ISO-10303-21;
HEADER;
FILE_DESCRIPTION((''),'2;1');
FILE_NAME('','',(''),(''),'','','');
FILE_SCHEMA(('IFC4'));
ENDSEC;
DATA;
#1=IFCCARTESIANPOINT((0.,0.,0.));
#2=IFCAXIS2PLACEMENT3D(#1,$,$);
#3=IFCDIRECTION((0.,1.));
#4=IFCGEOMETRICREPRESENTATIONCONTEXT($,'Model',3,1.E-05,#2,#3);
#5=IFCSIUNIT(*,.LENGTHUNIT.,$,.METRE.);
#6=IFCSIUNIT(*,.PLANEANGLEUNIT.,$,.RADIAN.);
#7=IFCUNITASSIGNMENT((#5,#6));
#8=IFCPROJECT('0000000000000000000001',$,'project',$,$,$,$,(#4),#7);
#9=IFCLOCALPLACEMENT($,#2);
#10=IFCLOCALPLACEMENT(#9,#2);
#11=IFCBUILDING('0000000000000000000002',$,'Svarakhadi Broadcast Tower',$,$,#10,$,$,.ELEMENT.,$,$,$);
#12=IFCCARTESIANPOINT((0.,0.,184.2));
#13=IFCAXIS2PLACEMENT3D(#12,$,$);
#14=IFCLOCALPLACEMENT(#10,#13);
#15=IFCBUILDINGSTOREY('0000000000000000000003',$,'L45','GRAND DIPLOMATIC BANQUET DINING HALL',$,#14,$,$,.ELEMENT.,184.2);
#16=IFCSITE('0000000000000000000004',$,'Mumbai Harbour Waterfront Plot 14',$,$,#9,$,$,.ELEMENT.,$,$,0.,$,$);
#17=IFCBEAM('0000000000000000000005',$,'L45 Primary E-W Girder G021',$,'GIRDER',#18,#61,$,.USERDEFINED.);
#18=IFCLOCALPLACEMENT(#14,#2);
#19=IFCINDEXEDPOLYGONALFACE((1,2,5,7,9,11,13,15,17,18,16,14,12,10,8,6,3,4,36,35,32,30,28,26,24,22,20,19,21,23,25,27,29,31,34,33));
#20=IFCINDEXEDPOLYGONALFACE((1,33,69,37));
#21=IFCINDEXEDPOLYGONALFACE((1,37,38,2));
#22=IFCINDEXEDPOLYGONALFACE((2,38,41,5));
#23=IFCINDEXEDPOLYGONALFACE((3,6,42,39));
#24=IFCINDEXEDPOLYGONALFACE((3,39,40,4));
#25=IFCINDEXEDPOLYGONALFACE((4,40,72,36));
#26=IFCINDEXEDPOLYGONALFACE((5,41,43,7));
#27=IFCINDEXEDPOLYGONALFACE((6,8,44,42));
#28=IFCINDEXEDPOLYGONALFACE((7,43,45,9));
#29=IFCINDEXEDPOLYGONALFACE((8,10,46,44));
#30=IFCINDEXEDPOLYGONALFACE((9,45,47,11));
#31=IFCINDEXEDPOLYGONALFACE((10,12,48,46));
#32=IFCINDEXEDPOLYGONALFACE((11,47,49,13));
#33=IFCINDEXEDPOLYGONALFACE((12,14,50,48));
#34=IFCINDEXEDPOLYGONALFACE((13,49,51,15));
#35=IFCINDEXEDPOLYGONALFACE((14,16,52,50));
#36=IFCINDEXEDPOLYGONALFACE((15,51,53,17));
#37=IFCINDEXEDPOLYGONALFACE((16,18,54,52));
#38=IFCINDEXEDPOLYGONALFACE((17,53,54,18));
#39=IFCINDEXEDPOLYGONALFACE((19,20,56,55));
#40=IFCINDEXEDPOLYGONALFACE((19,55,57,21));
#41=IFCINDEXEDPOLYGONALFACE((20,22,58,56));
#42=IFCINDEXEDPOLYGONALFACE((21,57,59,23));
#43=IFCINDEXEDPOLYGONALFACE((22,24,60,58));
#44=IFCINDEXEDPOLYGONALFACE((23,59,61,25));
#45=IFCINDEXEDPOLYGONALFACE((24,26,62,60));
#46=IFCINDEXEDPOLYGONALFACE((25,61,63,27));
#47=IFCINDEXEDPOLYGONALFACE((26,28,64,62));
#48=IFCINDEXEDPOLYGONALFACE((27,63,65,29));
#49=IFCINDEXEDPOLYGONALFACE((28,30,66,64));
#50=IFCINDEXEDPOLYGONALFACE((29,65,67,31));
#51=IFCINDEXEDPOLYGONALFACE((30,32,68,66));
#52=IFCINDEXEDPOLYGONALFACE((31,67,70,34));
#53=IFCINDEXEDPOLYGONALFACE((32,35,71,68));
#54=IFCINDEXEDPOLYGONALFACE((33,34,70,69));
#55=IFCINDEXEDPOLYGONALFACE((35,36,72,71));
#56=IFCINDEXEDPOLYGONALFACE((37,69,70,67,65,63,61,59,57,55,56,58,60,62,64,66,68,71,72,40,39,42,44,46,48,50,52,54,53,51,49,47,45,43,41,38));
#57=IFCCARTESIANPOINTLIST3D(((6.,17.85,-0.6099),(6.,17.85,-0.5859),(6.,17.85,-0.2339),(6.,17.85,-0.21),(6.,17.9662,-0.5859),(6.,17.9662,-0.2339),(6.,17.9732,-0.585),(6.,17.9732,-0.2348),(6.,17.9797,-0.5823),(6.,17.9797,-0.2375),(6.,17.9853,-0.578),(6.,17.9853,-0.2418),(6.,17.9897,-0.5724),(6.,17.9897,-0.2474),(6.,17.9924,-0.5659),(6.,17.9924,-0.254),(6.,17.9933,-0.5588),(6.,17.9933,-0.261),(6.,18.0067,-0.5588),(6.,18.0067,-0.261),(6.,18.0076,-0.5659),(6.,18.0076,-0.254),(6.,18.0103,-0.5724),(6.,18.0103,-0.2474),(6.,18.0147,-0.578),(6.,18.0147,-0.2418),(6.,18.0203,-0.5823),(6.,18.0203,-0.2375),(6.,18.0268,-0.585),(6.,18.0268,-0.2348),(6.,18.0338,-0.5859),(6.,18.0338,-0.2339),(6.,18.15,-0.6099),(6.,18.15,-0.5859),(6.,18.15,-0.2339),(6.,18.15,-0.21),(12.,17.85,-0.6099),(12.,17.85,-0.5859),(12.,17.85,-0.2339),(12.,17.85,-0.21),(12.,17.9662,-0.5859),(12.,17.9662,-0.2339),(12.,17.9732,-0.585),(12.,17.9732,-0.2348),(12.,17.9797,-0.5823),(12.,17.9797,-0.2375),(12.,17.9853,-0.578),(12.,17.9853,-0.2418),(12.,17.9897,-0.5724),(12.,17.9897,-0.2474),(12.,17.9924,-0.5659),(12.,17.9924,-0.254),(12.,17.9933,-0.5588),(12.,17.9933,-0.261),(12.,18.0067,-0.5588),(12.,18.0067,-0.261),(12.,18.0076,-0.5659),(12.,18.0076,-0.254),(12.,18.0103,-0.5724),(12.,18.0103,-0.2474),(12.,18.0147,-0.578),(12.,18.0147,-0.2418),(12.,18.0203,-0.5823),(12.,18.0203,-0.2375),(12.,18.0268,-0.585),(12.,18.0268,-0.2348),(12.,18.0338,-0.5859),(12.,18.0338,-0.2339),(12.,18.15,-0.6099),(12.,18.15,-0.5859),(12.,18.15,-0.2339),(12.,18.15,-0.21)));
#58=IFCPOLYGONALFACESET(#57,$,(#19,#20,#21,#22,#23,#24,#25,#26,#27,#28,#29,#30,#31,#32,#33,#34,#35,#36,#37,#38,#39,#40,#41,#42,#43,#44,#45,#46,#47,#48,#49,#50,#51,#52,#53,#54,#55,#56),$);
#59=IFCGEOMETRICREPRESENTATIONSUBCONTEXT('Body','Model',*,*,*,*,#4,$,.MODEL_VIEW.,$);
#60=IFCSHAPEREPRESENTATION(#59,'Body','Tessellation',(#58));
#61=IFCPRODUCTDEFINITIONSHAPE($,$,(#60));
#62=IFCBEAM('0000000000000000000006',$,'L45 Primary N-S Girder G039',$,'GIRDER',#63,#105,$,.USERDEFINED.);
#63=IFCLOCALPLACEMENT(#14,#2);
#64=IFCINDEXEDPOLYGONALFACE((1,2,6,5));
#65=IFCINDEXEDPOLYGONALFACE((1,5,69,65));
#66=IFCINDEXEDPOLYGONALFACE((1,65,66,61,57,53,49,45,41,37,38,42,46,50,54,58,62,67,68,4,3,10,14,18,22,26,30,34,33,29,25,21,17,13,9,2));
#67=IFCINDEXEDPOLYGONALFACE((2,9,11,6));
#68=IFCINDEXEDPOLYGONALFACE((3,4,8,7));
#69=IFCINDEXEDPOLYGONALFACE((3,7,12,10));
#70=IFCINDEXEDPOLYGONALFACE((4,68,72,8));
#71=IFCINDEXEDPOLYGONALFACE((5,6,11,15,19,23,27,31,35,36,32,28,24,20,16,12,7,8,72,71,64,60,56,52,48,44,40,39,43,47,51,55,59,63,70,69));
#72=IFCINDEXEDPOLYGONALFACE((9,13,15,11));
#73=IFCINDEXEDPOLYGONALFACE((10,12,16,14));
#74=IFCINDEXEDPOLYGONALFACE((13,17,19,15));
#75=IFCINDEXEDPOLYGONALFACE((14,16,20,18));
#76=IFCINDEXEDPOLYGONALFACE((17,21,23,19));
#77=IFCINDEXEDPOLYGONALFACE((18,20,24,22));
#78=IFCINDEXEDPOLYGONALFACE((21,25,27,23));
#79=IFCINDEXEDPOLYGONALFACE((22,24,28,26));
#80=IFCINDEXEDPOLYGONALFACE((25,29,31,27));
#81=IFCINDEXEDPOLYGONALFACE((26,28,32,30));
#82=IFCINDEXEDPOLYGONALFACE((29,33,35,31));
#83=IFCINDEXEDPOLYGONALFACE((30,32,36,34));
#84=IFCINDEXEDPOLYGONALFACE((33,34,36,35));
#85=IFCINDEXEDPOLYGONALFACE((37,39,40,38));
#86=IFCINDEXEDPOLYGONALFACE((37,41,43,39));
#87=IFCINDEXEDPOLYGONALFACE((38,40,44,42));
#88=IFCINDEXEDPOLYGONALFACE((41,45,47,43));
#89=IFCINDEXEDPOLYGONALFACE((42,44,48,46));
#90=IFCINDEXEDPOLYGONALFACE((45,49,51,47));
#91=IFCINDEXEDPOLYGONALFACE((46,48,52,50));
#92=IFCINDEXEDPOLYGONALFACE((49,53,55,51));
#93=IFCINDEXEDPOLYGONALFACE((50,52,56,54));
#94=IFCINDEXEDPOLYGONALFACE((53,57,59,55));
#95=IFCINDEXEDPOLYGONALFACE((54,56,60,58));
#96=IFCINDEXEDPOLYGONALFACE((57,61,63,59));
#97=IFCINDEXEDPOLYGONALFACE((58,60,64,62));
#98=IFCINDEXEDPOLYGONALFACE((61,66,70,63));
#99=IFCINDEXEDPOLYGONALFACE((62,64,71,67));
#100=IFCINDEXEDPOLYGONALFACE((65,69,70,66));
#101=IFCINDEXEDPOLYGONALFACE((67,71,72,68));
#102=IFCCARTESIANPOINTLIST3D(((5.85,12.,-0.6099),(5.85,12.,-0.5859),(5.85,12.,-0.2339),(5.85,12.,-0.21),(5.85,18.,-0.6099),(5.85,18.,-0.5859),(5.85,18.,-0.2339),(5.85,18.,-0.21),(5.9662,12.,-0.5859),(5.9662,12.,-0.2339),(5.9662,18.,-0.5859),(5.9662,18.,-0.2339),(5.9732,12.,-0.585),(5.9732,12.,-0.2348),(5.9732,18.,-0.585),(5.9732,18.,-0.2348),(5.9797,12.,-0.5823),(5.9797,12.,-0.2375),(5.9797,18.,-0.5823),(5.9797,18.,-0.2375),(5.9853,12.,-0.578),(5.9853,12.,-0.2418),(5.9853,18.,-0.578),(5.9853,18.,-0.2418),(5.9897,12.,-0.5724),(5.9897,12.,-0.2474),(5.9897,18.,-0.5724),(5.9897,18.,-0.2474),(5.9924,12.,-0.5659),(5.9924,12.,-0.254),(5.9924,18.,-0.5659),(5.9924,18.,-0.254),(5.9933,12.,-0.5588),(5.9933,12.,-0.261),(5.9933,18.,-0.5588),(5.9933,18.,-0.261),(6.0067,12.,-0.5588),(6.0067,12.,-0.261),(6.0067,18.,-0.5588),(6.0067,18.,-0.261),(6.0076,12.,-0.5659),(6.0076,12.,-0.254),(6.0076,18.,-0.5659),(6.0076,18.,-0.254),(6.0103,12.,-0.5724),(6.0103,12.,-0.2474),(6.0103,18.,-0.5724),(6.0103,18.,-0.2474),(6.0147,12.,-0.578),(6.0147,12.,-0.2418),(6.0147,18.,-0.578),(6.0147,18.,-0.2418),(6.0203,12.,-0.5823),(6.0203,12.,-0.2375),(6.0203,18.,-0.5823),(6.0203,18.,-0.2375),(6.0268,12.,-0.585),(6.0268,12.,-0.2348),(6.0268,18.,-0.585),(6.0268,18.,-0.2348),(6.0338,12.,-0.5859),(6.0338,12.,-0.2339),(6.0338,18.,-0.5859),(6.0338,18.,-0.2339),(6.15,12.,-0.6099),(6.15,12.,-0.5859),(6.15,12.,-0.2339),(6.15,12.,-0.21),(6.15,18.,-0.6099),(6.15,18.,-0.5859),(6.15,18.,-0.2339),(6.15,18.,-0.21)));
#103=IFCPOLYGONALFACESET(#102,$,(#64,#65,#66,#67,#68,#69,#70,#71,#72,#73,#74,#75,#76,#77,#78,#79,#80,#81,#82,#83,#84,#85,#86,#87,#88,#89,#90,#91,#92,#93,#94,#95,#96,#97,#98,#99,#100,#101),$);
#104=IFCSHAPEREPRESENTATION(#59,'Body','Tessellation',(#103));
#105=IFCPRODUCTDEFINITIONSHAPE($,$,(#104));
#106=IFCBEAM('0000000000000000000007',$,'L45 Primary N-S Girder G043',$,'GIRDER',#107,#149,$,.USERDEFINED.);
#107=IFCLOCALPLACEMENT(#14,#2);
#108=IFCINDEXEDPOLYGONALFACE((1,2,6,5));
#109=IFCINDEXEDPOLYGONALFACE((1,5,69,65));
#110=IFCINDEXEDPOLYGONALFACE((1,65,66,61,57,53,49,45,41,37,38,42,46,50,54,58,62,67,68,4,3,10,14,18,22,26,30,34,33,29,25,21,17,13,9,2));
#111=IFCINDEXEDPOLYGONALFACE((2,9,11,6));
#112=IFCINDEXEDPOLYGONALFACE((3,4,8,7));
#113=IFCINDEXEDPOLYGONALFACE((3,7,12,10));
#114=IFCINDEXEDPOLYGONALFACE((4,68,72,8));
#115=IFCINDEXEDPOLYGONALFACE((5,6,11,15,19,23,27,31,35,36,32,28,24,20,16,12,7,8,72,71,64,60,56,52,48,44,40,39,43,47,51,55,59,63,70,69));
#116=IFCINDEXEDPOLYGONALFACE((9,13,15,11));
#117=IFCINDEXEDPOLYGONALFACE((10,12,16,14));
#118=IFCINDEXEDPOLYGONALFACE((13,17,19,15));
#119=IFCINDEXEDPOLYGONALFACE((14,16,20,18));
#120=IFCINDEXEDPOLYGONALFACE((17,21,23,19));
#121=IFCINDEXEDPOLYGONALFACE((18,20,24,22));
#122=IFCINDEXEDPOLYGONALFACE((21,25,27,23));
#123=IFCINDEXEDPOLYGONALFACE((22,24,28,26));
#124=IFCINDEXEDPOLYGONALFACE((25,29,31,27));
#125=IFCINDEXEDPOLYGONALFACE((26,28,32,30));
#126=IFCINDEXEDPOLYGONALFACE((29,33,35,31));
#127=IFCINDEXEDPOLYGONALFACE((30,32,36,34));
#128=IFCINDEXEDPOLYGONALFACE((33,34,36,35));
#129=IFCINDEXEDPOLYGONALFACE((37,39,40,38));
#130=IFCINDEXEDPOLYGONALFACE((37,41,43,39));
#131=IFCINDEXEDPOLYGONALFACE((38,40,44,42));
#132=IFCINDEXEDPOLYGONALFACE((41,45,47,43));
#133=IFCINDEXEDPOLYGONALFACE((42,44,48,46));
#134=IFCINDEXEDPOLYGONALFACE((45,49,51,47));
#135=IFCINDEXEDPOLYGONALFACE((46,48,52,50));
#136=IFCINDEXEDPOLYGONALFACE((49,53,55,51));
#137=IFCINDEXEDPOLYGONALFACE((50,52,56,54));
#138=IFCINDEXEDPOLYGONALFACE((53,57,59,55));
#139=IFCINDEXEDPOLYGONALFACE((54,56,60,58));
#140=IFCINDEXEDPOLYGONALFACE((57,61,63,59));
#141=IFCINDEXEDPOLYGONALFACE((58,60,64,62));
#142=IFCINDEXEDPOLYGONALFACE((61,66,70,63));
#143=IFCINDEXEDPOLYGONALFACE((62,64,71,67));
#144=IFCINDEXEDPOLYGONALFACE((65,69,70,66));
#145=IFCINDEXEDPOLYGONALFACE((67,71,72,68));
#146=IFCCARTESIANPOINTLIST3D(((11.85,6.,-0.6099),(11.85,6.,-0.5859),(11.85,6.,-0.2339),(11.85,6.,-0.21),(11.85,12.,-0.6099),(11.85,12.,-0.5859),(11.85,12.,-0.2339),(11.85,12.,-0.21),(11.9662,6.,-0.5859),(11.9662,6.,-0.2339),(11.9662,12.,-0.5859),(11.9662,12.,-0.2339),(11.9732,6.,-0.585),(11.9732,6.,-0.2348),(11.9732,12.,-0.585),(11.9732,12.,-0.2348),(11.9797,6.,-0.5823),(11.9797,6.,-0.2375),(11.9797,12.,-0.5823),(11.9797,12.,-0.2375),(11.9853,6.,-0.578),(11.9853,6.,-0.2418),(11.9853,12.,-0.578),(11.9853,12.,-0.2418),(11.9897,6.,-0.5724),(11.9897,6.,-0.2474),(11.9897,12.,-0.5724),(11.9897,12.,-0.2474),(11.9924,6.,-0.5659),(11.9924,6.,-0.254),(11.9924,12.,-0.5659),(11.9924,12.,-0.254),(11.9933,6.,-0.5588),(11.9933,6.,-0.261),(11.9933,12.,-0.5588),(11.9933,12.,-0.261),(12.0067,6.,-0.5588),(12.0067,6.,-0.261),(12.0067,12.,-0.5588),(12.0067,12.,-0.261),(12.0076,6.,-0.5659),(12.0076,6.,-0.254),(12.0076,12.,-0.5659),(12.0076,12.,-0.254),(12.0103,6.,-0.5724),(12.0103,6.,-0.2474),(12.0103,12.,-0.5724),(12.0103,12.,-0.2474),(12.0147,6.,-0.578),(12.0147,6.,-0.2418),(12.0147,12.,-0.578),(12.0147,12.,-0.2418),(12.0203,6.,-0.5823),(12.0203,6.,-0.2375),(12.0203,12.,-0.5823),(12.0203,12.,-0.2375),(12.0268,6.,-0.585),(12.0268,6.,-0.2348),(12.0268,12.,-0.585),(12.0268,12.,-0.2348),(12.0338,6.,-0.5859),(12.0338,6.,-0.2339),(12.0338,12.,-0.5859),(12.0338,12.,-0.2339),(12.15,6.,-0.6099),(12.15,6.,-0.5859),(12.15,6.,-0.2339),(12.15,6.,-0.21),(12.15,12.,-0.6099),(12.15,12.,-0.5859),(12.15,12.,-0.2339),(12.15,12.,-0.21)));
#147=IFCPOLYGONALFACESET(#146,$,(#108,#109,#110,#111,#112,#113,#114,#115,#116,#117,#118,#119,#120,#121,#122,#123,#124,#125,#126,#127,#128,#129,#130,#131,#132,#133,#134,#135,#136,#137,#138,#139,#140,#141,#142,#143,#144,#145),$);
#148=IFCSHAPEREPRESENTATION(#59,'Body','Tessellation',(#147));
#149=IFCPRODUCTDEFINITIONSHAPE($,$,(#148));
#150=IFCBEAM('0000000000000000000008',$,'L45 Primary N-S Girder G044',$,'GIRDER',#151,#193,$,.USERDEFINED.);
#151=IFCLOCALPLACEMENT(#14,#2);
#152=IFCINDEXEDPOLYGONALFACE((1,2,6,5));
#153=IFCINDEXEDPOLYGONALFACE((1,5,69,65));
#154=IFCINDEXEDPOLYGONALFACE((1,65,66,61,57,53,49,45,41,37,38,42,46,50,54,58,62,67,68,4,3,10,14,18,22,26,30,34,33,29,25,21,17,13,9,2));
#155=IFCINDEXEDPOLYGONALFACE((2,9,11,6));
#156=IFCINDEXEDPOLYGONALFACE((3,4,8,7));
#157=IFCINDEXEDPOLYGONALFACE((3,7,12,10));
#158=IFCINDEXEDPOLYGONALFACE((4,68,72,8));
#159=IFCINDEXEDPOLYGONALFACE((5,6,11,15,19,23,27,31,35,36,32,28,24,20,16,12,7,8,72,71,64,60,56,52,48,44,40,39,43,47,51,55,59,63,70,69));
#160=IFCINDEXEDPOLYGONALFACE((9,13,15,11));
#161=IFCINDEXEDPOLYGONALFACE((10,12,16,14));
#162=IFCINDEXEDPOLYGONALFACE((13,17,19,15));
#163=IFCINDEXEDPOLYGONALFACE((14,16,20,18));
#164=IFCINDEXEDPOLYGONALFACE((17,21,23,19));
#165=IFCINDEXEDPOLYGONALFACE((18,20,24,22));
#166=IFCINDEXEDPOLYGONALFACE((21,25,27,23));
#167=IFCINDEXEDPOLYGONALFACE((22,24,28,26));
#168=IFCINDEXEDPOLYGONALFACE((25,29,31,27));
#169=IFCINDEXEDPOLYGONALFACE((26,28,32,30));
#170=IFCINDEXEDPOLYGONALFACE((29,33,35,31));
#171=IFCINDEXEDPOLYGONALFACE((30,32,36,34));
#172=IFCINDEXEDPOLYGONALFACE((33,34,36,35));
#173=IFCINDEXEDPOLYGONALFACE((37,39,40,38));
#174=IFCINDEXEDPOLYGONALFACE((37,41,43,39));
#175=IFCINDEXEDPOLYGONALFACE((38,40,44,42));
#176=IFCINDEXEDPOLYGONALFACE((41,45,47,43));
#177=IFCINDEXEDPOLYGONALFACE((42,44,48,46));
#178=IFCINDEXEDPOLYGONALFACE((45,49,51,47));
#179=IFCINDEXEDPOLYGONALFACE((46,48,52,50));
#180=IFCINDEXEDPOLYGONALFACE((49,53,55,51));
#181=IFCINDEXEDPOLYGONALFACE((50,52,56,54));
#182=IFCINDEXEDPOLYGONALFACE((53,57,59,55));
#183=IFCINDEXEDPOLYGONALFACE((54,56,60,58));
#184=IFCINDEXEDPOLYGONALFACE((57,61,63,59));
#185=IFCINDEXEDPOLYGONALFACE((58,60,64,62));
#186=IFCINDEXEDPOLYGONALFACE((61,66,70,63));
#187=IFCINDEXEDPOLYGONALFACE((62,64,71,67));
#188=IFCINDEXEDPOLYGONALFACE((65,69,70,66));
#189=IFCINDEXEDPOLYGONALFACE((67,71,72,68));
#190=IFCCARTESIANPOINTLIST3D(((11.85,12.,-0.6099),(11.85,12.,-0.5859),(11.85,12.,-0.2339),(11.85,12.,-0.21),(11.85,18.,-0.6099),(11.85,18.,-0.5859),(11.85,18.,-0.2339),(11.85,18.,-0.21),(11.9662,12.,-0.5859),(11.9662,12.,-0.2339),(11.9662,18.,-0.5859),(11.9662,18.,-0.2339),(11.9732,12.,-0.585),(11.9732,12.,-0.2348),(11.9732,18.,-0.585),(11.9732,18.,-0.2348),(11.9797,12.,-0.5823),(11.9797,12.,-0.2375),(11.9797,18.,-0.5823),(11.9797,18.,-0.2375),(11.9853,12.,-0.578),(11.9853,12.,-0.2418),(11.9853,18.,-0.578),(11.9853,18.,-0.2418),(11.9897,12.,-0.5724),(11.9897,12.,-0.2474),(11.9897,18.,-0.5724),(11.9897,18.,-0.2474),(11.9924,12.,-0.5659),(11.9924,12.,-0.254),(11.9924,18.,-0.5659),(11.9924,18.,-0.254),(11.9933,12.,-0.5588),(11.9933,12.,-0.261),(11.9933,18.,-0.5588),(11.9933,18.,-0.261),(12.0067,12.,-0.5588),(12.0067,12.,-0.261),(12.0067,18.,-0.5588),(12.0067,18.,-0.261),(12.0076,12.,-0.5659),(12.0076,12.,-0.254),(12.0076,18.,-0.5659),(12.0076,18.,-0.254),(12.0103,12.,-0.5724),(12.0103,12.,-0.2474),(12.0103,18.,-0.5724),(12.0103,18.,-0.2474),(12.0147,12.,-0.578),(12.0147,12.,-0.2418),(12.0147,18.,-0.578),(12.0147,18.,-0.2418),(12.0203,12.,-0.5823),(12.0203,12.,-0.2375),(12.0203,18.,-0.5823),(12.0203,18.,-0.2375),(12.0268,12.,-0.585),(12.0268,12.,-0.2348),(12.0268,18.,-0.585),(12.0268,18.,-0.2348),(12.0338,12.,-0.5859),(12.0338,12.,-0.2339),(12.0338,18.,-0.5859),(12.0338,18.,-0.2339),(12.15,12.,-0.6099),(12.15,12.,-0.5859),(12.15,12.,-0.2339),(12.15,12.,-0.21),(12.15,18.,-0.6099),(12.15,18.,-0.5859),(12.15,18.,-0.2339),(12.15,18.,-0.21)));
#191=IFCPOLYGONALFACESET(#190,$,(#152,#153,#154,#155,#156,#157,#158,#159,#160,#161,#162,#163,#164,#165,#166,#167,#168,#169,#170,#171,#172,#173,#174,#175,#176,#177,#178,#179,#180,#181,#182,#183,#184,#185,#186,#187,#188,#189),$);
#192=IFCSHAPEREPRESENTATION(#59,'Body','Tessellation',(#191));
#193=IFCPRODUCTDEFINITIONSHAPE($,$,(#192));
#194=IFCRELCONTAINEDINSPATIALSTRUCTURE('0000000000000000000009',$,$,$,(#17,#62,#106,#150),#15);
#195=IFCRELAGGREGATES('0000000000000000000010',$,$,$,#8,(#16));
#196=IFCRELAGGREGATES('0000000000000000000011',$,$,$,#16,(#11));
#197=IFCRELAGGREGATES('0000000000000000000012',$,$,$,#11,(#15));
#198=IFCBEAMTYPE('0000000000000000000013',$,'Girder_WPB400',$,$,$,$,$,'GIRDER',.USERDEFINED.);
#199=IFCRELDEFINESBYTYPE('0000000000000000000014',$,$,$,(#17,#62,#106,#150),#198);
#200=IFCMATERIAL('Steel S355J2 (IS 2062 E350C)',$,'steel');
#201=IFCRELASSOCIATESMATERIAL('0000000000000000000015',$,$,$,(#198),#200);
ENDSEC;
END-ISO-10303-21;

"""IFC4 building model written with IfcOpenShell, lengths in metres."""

from ifc_helpers import new_model, si_unit, direction, frame, origin, origin_2d, place, context, subcontext, project, spatial, i_section, extrude, material, material_profile, profile_set, type_object, element, save


model = new_model("IFC4")

# Units and contexts
model_context = context("Model", 3, precision=1e-05, world=origin(), true_north=direction((0.0, 1.0)))
body_context = subcontext(model_context, "Body", "Model", "MODEL_VIEW")
ifc_project = project(units=[si_unit("LENGTHUNIT", "METRE"), si_unit("PLANEANGLEUNIT", "RADIAN")], contexts=[model_context])

# Site, building, storey
site_placement = place(None, origin())
site = spatial("IfcSite", under=ifc_project, at=site_placement, Name="Mumbai Harbour Waterfront Plot 14", CompositionType="ELEMENT", RefElevation=0.0)
building_placement = place(site_placement, origin())
building = spatial("IfcBuilding", under=site, at=building_placement, Name="Svarakhadi Broadcast Tower", CompositionType="ELEMENT")
storey_placement = place(building_placement, frame((0.0, 0.0, 184.2)))
storey = spatial("IfcBuildingStorey", under=building, at=storey_placement, Name="L45", Description="GRAND DIPLOMATIC BANQUET DINING HALL", CompositionType="ELEMENT", Elevation=184.2)

# Beams
ifc_material_1 = material(Name="Steel S355J2 (IS 2062 E350C)", Category="steel")
ifc_material_profile_1 = material_profile(ifc_material_1, i_section(OverallWidth=0.3, OverallDepth=0.3999, WebThickness=0.0134, FlangeThickness=0.0239, FilletRadius=0.0271, at=origin_2d()), Name="WPB 400x300x155")
ifc_profile_set_1 = profile_set([ifc_material_profile_1], Name="Steel S355J2 (IS 2062 E350C)")
beam_type_1 = type_object("IfcBeamType", Name="Girder_WPB400", ElementType="GIRDER", PredefinedType="USERDEFINED", material=ifc_profile_set_1)
for number, where, z_axis, x_axis, name in (
    (1, (6.0, 18.0, -0.4099), (1.0, 0.0, 0.0), (0.0, 1.0, 0.0), "L45 Primary E-W Girder G021"),
    (2, (6.0, 12.0, -0.4099), (0.0, 1.0, 0.0), (-1.0, 0.0, 0.0), "L45 Primary N-S Girder G039"),
    (3, (12.0, 6.0, -0.4099), (0.0, 1.0, 0.0), (-1.0, 0.0, 0.0), "L45 Primary N-S Girder G043"),
    (4, (12.0, 12.0, -0.4099), (0.0, 1.0, 0.0), (-1.0, 0.0, 0.0), "L45 Primary N-S Girder G044"),
):
    element("IfcBeam", number, at=place(storey_placement, frame(where, z_axis=z_axis, x_axis=x_axis)), inside=storey, type_object=beam_type_1, Name=name, ObjectType="GIRDER", PredefinedType="USERDEFINED", context=body_context, shape_type="SweptSolid", body=[
        extrude(i_section(OverallWidth=0.3, OverallDepth=0.3999, WebThickness=0.0134, FlangeThickness=0.0239, FilletRadius=0.0271, at=origin_2d()), origin(), (0.0, 0.0, 1.0), 6.0),
    ])

save(model, "model.ifc")
